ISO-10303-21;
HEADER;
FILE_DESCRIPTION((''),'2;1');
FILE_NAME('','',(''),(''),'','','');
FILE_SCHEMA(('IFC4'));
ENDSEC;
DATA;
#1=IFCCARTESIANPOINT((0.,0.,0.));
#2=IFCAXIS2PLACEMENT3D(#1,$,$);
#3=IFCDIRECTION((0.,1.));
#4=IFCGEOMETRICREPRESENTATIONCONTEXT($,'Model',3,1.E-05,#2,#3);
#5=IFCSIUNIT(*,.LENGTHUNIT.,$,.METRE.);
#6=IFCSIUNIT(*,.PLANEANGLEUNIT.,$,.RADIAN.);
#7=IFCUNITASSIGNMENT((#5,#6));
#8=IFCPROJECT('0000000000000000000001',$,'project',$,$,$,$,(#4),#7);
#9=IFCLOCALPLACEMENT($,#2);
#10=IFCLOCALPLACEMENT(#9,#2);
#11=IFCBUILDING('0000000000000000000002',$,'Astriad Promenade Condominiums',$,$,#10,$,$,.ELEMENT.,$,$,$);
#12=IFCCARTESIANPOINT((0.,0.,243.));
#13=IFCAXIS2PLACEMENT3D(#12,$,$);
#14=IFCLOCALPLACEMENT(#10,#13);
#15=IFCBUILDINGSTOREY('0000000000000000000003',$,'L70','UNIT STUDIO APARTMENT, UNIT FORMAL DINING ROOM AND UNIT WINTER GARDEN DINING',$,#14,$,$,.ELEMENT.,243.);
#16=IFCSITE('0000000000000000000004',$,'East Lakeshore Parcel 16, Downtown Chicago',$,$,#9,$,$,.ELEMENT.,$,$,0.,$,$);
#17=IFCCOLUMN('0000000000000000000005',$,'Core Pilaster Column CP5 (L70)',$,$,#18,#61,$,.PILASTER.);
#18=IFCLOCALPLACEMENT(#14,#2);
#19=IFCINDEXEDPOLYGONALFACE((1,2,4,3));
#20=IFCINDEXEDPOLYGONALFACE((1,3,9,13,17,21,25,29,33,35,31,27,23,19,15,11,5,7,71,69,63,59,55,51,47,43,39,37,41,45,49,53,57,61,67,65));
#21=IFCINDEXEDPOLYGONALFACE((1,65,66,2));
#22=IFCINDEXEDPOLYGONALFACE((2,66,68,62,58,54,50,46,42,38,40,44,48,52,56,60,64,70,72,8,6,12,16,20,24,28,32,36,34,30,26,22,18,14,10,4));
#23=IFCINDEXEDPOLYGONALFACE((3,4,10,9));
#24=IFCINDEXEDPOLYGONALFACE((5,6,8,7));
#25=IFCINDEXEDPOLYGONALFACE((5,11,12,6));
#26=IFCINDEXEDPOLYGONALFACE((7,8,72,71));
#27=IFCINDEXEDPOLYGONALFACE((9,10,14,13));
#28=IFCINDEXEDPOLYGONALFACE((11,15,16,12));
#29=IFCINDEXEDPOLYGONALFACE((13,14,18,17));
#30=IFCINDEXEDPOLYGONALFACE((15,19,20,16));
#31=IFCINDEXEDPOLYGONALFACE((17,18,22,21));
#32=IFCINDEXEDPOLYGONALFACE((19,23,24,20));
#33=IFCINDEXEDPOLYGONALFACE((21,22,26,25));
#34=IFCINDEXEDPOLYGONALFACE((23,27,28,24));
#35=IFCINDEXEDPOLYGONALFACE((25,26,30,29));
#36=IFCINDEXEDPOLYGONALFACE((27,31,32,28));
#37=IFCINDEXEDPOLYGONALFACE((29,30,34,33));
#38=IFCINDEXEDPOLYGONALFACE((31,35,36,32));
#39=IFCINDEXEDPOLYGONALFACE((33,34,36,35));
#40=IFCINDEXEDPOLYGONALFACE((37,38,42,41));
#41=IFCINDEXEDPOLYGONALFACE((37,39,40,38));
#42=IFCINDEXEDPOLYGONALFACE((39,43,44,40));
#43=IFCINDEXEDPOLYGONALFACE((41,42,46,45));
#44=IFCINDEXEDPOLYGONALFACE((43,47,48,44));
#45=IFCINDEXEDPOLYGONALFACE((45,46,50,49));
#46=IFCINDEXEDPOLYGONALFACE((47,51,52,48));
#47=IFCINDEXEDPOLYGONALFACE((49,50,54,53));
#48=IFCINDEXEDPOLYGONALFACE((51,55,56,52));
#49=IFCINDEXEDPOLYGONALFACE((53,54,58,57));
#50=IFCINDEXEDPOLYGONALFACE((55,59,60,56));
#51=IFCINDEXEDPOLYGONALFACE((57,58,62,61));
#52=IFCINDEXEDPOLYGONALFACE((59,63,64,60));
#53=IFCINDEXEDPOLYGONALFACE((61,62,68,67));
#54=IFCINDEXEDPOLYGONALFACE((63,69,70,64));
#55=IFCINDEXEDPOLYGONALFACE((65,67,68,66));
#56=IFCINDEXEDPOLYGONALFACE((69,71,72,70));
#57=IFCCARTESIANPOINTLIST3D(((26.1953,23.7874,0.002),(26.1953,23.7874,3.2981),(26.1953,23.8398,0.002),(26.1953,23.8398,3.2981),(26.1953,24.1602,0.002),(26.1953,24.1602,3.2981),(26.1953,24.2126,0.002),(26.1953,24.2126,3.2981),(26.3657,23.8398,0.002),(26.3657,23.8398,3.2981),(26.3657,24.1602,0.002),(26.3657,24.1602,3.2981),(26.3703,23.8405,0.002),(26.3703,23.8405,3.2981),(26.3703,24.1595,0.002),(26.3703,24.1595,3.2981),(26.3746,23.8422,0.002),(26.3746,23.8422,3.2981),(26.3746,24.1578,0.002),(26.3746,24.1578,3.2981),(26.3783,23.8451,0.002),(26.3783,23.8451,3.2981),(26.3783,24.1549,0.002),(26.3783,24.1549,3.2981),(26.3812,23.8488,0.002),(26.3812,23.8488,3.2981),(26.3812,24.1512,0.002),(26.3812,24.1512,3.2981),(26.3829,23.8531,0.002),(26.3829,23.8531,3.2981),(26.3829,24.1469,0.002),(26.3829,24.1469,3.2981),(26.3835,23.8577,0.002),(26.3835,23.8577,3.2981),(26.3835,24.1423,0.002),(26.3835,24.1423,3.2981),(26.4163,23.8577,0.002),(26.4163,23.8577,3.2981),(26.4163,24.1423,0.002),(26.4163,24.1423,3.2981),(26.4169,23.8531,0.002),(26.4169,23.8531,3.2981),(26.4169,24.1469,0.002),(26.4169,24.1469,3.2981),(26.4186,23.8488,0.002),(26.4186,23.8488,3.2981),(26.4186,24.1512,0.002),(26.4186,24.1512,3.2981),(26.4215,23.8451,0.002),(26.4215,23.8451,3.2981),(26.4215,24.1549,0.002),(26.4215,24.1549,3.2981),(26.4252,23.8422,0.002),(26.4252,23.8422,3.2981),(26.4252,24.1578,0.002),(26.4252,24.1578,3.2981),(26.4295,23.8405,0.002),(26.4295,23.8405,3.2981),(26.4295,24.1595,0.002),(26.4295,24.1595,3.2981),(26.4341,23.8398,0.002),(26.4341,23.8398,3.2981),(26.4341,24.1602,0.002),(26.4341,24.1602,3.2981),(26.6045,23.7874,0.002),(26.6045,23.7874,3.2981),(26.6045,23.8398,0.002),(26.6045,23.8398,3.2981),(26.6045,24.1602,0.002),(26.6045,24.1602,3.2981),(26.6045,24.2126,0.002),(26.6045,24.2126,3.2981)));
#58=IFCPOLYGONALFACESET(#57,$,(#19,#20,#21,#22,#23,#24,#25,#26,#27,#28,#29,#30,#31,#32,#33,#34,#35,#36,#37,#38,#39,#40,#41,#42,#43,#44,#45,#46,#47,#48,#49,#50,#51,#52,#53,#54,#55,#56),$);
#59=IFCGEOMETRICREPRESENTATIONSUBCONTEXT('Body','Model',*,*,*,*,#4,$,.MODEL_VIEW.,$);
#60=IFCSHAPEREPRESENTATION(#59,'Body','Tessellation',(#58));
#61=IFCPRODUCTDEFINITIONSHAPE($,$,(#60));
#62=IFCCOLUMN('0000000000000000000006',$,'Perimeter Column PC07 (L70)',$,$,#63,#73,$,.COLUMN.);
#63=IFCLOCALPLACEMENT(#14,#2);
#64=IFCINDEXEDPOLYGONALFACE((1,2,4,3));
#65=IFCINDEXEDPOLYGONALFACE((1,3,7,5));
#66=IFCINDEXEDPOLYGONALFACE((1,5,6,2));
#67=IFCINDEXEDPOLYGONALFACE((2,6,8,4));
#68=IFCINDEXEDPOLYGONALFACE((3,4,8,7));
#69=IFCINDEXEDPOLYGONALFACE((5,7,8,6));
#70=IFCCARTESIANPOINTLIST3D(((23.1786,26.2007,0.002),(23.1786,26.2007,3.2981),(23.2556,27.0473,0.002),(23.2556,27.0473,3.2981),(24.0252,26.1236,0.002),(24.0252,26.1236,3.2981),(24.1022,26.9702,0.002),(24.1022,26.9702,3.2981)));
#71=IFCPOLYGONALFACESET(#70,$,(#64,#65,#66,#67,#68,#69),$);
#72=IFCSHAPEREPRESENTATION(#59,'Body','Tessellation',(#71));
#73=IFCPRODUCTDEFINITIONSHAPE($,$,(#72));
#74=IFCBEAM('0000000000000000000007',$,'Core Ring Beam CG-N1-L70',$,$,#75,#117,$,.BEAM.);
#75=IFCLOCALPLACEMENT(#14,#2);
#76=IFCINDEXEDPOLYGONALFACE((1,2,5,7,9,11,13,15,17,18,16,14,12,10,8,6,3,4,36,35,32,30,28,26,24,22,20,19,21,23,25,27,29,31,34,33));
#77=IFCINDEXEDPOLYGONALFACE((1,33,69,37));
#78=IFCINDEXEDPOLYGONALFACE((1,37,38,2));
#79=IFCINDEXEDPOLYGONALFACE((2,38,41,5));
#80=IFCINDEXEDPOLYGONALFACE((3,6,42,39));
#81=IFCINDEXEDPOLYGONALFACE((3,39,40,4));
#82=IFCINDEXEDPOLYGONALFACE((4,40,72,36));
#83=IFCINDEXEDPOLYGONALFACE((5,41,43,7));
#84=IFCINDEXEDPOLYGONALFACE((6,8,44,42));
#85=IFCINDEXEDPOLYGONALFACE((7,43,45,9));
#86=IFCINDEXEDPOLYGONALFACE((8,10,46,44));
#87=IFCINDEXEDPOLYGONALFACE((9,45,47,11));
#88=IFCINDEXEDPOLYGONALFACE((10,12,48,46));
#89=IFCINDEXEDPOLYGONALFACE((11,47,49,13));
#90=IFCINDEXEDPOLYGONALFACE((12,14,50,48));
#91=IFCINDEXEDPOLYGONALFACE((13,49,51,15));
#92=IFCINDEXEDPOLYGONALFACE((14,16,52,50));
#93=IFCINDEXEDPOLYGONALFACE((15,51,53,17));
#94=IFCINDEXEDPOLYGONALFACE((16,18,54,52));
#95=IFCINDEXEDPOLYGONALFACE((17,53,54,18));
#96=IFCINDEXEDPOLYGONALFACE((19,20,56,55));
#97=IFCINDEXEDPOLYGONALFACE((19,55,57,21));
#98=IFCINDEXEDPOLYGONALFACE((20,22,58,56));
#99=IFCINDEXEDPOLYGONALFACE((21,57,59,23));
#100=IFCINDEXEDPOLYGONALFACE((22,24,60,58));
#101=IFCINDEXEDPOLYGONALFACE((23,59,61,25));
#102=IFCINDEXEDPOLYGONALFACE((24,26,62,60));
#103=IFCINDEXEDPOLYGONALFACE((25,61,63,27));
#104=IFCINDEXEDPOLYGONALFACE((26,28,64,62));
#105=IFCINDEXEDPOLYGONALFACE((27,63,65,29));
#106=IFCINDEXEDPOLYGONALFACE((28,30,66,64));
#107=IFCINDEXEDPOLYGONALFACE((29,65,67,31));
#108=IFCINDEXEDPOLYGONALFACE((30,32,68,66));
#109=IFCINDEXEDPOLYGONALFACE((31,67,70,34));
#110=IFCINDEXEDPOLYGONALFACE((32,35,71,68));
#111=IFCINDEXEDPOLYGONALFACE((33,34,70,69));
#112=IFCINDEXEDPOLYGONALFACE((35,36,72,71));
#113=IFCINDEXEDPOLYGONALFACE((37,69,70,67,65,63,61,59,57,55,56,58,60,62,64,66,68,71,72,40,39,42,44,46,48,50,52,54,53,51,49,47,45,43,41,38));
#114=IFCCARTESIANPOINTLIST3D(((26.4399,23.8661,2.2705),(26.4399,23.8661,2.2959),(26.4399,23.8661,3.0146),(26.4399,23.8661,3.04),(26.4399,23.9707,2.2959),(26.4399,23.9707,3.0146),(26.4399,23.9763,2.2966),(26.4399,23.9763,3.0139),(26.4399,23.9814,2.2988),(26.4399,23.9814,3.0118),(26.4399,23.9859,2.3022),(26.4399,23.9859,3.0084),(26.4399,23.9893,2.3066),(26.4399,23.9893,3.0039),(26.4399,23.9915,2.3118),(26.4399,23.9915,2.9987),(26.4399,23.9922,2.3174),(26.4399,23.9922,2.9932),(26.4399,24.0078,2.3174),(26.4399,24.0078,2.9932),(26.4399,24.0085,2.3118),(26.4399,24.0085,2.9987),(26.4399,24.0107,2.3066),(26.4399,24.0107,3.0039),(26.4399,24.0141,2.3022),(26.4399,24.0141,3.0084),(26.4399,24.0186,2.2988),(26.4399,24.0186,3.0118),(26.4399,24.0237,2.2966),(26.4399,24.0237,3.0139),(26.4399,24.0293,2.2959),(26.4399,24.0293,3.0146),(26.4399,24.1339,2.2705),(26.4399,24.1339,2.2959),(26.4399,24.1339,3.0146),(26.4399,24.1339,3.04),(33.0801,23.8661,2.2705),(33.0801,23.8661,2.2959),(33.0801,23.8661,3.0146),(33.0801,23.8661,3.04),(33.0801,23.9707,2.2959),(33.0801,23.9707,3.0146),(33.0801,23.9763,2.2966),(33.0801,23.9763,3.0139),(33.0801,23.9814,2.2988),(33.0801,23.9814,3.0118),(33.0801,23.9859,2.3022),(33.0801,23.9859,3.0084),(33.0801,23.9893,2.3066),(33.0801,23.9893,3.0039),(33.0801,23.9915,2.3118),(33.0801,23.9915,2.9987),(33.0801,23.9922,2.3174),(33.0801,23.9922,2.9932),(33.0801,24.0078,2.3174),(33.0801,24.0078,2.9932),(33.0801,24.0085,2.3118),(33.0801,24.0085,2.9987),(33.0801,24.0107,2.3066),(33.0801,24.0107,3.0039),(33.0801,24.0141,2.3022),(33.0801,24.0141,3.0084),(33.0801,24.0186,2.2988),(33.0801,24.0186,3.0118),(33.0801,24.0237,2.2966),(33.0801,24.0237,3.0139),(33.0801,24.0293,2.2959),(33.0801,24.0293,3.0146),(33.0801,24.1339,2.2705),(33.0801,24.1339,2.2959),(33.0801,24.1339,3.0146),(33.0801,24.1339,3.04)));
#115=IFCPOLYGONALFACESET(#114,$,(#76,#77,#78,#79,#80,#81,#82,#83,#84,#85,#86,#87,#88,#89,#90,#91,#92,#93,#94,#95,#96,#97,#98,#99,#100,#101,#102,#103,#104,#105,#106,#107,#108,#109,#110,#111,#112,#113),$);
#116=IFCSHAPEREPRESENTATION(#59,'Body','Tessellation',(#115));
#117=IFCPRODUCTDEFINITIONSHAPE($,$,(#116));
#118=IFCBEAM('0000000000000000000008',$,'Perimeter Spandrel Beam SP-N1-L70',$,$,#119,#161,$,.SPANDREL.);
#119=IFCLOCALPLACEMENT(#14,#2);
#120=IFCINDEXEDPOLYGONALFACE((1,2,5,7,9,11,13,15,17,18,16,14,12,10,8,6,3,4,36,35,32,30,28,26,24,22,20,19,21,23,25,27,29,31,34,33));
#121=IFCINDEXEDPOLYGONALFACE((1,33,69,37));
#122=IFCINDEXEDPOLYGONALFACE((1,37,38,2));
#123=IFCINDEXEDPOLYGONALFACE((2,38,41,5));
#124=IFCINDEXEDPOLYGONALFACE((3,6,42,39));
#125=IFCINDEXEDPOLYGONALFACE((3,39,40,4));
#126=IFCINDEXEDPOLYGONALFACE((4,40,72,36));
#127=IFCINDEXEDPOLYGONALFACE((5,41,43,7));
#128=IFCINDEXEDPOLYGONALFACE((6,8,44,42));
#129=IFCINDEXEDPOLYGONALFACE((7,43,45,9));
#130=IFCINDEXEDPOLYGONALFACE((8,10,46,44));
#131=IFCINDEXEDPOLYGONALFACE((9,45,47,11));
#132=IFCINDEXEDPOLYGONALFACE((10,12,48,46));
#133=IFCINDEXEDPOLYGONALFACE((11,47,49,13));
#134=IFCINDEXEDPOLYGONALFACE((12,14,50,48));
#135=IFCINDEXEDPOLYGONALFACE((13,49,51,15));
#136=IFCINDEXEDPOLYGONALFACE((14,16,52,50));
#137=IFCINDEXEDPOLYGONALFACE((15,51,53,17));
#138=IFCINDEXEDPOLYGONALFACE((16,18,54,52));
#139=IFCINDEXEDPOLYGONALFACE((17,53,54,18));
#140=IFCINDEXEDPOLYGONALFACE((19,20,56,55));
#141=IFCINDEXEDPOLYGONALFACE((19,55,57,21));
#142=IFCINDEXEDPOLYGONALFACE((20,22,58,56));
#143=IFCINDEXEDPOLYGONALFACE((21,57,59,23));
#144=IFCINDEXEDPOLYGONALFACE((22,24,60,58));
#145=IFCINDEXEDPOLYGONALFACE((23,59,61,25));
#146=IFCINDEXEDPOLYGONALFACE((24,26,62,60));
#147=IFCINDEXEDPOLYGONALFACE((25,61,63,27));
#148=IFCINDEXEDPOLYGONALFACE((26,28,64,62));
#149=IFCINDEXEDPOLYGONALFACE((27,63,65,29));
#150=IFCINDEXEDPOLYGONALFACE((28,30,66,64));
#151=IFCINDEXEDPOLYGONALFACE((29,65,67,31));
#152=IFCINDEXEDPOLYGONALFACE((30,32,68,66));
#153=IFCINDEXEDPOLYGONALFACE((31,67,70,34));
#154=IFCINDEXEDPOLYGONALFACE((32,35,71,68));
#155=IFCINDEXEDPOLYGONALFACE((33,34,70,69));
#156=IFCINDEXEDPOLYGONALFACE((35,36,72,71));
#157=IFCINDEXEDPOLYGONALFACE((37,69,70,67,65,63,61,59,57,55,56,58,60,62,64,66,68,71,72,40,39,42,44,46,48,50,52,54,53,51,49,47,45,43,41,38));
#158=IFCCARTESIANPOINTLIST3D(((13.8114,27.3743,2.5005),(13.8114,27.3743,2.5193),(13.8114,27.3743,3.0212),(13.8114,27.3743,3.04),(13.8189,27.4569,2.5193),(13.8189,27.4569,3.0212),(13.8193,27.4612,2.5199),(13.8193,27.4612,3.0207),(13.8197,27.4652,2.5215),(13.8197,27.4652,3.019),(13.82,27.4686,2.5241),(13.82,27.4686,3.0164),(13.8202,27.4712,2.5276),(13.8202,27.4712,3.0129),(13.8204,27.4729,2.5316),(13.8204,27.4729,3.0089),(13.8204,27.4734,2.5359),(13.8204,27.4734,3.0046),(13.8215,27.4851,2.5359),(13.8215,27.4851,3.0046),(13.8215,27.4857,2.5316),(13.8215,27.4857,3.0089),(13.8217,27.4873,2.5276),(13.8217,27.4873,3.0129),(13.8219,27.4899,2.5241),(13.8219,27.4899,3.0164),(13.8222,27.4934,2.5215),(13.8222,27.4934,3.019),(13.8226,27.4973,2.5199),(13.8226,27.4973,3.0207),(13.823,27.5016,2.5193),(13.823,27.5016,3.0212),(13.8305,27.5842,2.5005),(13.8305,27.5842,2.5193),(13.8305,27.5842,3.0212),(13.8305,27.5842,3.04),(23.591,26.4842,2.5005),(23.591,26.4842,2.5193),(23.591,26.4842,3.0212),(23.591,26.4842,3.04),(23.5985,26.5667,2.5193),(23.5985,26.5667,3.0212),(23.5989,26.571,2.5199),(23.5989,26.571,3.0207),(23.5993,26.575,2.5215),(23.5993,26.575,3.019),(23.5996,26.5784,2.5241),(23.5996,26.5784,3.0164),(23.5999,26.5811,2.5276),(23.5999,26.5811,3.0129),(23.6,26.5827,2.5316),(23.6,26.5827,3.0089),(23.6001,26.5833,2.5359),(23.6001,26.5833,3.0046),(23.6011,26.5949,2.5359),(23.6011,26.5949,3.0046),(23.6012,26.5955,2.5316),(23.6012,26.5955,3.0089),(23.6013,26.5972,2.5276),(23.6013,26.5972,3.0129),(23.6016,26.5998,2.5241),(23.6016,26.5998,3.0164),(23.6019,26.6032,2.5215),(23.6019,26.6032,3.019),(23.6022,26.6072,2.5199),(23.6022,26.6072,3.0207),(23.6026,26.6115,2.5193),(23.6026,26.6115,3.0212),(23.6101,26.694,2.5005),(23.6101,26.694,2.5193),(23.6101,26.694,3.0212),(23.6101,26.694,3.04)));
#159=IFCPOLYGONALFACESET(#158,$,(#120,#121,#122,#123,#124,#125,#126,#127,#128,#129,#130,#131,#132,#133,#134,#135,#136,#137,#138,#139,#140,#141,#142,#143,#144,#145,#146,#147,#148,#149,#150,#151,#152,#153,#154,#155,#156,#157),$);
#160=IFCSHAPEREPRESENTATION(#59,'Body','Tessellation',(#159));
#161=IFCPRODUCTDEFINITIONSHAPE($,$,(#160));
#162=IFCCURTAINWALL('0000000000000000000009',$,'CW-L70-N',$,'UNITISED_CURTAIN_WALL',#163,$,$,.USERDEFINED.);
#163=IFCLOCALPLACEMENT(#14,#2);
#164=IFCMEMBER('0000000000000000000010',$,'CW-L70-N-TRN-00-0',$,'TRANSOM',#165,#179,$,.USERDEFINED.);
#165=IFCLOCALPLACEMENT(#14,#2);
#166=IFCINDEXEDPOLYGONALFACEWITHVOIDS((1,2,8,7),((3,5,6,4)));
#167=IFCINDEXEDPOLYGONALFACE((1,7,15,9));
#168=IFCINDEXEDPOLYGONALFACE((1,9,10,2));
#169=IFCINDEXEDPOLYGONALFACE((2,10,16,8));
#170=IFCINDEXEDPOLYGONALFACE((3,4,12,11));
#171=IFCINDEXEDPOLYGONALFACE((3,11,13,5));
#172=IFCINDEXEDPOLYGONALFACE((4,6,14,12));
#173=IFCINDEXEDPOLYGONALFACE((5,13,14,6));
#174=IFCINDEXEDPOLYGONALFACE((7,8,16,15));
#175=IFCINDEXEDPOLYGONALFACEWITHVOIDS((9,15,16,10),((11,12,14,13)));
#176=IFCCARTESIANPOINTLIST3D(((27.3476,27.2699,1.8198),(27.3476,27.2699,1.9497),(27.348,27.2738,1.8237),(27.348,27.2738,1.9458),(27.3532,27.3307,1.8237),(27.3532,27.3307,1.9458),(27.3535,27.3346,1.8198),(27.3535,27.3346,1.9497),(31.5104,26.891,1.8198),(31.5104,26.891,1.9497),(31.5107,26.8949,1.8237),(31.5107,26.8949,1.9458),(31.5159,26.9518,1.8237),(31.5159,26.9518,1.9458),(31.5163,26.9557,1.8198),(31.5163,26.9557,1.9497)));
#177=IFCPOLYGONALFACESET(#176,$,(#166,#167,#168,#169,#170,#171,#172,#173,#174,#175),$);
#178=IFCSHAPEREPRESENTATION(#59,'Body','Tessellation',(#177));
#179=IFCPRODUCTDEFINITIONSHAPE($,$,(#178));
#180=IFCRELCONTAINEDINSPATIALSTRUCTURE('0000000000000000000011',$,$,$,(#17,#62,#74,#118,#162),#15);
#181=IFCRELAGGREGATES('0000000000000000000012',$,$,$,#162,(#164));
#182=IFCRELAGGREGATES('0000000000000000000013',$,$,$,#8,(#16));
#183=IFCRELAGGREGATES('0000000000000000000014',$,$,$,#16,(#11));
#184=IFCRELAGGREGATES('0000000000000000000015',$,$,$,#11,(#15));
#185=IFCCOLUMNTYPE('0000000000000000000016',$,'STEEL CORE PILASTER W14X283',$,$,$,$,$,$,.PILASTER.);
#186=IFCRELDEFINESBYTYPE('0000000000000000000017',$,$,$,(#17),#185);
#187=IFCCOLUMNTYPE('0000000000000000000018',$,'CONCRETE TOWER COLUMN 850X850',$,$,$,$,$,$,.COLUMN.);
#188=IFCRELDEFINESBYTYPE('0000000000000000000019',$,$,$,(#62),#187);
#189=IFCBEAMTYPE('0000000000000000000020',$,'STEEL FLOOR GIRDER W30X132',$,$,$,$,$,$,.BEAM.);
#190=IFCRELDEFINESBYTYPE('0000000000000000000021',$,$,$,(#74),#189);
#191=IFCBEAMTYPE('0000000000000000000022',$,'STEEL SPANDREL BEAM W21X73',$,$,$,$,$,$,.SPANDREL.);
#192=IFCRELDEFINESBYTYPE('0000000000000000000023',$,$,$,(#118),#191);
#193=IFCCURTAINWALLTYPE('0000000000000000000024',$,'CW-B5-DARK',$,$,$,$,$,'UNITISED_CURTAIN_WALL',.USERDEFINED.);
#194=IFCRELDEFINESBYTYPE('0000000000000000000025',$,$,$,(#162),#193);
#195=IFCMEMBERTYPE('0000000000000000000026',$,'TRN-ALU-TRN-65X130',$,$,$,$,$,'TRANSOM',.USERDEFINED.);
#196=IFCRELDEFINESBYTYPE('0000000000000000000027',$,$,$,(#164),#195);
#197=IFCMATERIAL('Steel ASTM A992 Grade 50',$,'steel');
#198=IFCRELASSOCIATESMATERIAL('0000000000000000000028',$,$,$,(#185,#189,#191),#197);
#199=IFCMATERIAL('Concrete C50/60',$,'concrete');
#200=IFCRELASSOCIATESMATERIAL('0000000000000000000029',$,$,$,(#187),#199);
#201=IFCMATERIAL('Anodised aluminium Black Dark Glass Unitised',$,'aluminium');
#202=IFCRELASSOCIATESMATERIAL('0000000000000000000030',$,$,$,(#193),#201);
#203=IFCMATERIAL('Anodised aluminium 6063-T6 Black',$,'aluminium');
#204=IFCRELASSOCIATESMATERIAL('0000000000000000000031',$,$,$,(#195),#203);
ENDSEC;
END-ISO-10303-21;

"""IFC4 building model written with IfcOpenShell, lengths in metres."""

from ifc_helpers import new_model, si_unit, direction, frame, origin, origin_2d, place, context, subcontext, project, spatial, rectangle, hollow_rectangle, i_section, extrude, source, transform, mapped, material, material_profile, profile_set, type_object, type_shapes, element, aggregate, save


model = new_model("IFC4")

# Units and contexts
model_context = context("Model", 3, precision=1e-05, world=origin(), true_north=direction((0.0, 1.0)))
body_context = subcontext(model_context, "Body", "Model", "MODEL_VIEW")
ifc_project = project(units=[si_unit("LENGTHUNIT", "METRE"), si_unit("PLANEANGLEUNIT", "RADIAN")], contexts=[model_context])

# Site, building, storey
site_placement = place(None, origin())
site = spatial("IfcSite", under=ifc_project, at=site_placement, Name="East Lakeshore Parcel 16, Downtown Chicago", CompositionType="ELEMENT", RefElevation=0.0)
building_placement = place(site_placement, origin())
building = spatial("IfcBuilding", under=site, at=building_placement, Name="Astriad Promenade Condominiums", CompositionType="ELEMENT")
storey_placement = place(building_placement, frame((0.0, 0.0, 243.0)))
storey = spatial("IfcBuildingStorey", under=building, at=storey_placement, Name="L70", Description="UNIT STUDIO APARTMENT, UNIT FORMAL DINING ROOM AND UNIT WINTER GARDEN DINING", CompositionType="ELEMENT", Elevation=243.0)

# Columns
ifc_material_1 = material(Name="Steel ASTM A992 Grade 50", Category="steel")
ifc_material_profile_1 = material_profile(ifc_material_1, i_section(OverallWidth=0.4092, OverallDepth=0.4253, WebThickness=0.0327, FlangeThickness=0.0525, FilletRadius=0.0178, at=origin_2d()), Name="W14X283")
ifc_profile_set_1 = profile_set([ifc_material_profile_1], Name="Steel ASTM A992 Grade 50")
column_type_1 = type_object("IfcColumnType", Name="STEEL CORE PILASTER W14X283", PredefinedType="PILASTER", material=ifc_profile_set_1)
shared_shape_1 = source(origin(), body_context, "Body", "SweptSolid", [
    extrude(i_section(OverallWidth=0.4092, OverallDepth=0.4253, WebThickness=0.0327, FlangeThickness=0.0525, FilletRadius=0.0178, at=origin_2d()), origin(), (0.0, 0.0, 1.0), 3.2961),
])
type_shapes(column_type_1, [shared_shape_1])
column_1_placement = place(storey_placement, frame((26.3999, 24.0, 0.002), z_axis=(0.0, 0.0, 1.0), x_axis=(1.0, 0.0, 0.0)))
element("IfcColumn", 1, at=column_1_placement, inside=storey, type_object=column_type_1, Name="Core Pilaster Column CP5 (L70)", PredefinedType="PILASTER", context=body_context, shape_type="MappedRepresentation", body=[
    mapped(shared_shape_1, transform((0.0, 0.0, 0.0), scale=1.0)),
])
ifc_material_2 = material(Name="Concrete C50/60", Category="concrete")
ifc_material_profile_2 = material_profile(ifc_material_2, rectangle(XDim=0.8501, YDim=0.8501, at=origin_2d()), Name="RC-COL-850X850")
ifc_profile_set_2 = profile_set([ifc_material_profile_2], Name="Concrete C50/60")
column_type_2 = type_object("IfcColumnType", Name="CONCRETE TOWER COLUMN 850X850", PredefinedType="COLUMN", material=ifc_profile_set_2)
shared_shape_2 = source(origin(), body_context, "Body", "SweptSolid", [
    extrude(rectangle(XDim=0.8501, YDim=0.8501, at=origin_2d()), origin(), (0.0, 0.0, 1.0), 3.2961),
])
type_shapes(column_type_2, [shared_shape_2])
column_2_placement = place(storey_placement, frame((23.6404, 26.5854, 0.002), z_axis=(0.0, 0.0, 1.0), x_axis=(0.995884, -0.090633, 0.0)))
element("IfcColumn", 2, at=column_2_placement, inside=storey, type_object=column_type_2, Name="Perimeter Column PC07 (L70)", PredefinedType="COLUMN", context=body_context, shape_type="MappedRepresentation", body=[
    mapped(shared_shape_2, transform((0.0, 0.0, 0.0), scale=1.0)),
])

# Beams
ifc_material_profile_3 = material_profile(ifc_material_1, i_section(OverallWidth=0.2678, OverallDepth=0.7695, WebThickness=0.0156, FlangeThickness=0.0254, FilletRadius=0.0215, at=origin_2d()), Name="W30X132")
ifc_profile_set_3 = profile_set([ifc_material_profile_3], Name="Steel ASTM A992 Grade 50")
beam_type_1 = type_object("IfcBeamType", Name="STEEL FLOOR GIRDER W30X132", PredefinedType="BEAM", material=ifc_profile_set_3)
shared_shape_3 = source(origin(), body_context, "Body", "SweptSolid", [
    extrude(i_section(OverallWidth=0.2678, OverallDepth=0.7695, WebThickness=0.0156, FlangeThickness=0.0254, FilletRadius=0.0215, at=origin_2d()), origin(), (0.0, 0.0, 1.0), 6.6401),
])
type_shapes(beam_type_1, [shared_shape_3])
beam_1_placement = place(storey_placement, frame((26.4399, 24.0, 2.6553), z_axis=(1.0, 0.0, 0.0), x_axis=(0.0, 1.0, 0.0)))
element("IfcBeam", 3, at=beam_1_placement, inside=storey, type_object=beam_type_1, Name="Core Ring Beam CG-N1-L70", PredefinedType="BEAM", context=body_context, shape_type="MappedRepresentation", body=[
    mapped(shared_shape_3, transform((0.0, 0.0, 0.0), scale=1.0)),
])
ifc_material_profile_4 = material_profile(ifc_material_1, i_section(OverallWidth=0.2107, OverallDepth=0.5396, WebThickness=0.0117, FlangeThickness=0.0188, FilletRadius=0.0166, at=origin_2d()), Name="W21X73")
ifc_profile_set_4 = profile_set([ifc_material_profile_4], Name="Steel ASTM A992 Grade 50")
beam_type_2 = type_object("IfcBeamType", Name="STEEL SPANDREL BEAM W21X73", PredefinedType="SPANDREL", material=ifc_profile_set_4)
shared_shape_4 = source(origin(), body_context, "Body", "SweptSolid", [
    extrude(i_section(OverallWidth=0.2107, OverallDepth=0.5396, WebThickness=0.0117, FlangeThickness=0.0188, FilletRadius=0.0166, at=origin_2d()), origin(), (0.0, 0.0, 1.0), 9.8201),
])
type_shapes(beam_type_2, [shared_shape_4])
beam_2_placement = place(storey_placement, frame((23.6006, 26.5891, 2.7703), z_axis=(-0.995883, 0.090646, 0.0), x_axis=(-0.090646, -0.995883, 0.0)))
element("IfcBeam", 4, at=beam_2_placement, inside=storey, type_object=beam_type_2, Name="Perimeter Spandrel Beam SP-N1-L70", PredefinedType="SPANDREL", context=body_context, shape_type="MappedRepresentation", body=[
    mapped(shared_shape_4, transform((0.0, 0.0, 0.0), scale=1.0)),
])

# Curtain wall, member
ifc_material_3 = material(Name="Anodised aluminium Black Dark Glass Unitised", Category="aluminium")
curtain_wall_type = type_object("IfcCurtainWallType", Name="CW-B5-DARK", ElementType="UNITISED_CURTAIN_WALL", PredefinedType="USERDEFINED", material=ifc_material_3)
curtain_wall_placement = place(storey_placement, origin())
curtain_wall = element("IfcCurtainWall", 5, at=curtain_wall_placement, inside=storey, type_object=curtain_wall_type, Name="CW-L70-N", ObjectType="UNITISED_CURTAIN_WALL", PredefinedType="USERDEFINED")
ifc_material_4 = material(Name="Anodised aluminium 6063-T6 Black", Category="aluminium")
ifc_material_profile_5 = material_profile(ifc_material_4, hollow_rectangle(XDim=0.0649, YDim=0.1299, WallThickness=0.0039, at=origin_2d()), Name="ALU-TRN-65X130")
ifc_profile_set_5 = profile_set([ifc_material_profile_5], Name="Anodised aluminium 6063-T6 Black")
member_type_1 = type_object("IfcMemberType", Name="TRN-ALU-TRN-65X130", ElementType="TRANSOM", PredefinedType="USERDEFINED", material=ifc_profile_set_5)
shared_shape_5 = source(origin(), body_context, "Body", "SweptSolid", [
    extrude(hollow_rectangle(XDim=0.0649, YDim=0.1299, WallThickness=0.0039, at=origin_2d()), origin(), (0.0, 0.0, 1.0), 4.1799),
])
type_shapes(member_type_1, [shared_shape_5])
member_1_placement = place(storey_placement, frame((27.3506, 27.3022, 1.8848), z_axis=(0.995883, -0.090646, 0.0), x_axis=(0.090646, 0.995883, 0.0)))
member_1 = element("IfcMember", 6, at=member_1_placement, type_object=member_type_1, Name="CW-L70-N-TRN-00-0", ObjectType="TRANSOM", PredefinedType="USERDEFINED", context=body_context, shape_type="MappedRepresentation", body=[
    mapped(shared_shape_5, transform((0.0, 0.0, 0.0), scale=1.0)),
])
aggregate(curtain_wall, [member_1])

save(model, "model.ifc")
